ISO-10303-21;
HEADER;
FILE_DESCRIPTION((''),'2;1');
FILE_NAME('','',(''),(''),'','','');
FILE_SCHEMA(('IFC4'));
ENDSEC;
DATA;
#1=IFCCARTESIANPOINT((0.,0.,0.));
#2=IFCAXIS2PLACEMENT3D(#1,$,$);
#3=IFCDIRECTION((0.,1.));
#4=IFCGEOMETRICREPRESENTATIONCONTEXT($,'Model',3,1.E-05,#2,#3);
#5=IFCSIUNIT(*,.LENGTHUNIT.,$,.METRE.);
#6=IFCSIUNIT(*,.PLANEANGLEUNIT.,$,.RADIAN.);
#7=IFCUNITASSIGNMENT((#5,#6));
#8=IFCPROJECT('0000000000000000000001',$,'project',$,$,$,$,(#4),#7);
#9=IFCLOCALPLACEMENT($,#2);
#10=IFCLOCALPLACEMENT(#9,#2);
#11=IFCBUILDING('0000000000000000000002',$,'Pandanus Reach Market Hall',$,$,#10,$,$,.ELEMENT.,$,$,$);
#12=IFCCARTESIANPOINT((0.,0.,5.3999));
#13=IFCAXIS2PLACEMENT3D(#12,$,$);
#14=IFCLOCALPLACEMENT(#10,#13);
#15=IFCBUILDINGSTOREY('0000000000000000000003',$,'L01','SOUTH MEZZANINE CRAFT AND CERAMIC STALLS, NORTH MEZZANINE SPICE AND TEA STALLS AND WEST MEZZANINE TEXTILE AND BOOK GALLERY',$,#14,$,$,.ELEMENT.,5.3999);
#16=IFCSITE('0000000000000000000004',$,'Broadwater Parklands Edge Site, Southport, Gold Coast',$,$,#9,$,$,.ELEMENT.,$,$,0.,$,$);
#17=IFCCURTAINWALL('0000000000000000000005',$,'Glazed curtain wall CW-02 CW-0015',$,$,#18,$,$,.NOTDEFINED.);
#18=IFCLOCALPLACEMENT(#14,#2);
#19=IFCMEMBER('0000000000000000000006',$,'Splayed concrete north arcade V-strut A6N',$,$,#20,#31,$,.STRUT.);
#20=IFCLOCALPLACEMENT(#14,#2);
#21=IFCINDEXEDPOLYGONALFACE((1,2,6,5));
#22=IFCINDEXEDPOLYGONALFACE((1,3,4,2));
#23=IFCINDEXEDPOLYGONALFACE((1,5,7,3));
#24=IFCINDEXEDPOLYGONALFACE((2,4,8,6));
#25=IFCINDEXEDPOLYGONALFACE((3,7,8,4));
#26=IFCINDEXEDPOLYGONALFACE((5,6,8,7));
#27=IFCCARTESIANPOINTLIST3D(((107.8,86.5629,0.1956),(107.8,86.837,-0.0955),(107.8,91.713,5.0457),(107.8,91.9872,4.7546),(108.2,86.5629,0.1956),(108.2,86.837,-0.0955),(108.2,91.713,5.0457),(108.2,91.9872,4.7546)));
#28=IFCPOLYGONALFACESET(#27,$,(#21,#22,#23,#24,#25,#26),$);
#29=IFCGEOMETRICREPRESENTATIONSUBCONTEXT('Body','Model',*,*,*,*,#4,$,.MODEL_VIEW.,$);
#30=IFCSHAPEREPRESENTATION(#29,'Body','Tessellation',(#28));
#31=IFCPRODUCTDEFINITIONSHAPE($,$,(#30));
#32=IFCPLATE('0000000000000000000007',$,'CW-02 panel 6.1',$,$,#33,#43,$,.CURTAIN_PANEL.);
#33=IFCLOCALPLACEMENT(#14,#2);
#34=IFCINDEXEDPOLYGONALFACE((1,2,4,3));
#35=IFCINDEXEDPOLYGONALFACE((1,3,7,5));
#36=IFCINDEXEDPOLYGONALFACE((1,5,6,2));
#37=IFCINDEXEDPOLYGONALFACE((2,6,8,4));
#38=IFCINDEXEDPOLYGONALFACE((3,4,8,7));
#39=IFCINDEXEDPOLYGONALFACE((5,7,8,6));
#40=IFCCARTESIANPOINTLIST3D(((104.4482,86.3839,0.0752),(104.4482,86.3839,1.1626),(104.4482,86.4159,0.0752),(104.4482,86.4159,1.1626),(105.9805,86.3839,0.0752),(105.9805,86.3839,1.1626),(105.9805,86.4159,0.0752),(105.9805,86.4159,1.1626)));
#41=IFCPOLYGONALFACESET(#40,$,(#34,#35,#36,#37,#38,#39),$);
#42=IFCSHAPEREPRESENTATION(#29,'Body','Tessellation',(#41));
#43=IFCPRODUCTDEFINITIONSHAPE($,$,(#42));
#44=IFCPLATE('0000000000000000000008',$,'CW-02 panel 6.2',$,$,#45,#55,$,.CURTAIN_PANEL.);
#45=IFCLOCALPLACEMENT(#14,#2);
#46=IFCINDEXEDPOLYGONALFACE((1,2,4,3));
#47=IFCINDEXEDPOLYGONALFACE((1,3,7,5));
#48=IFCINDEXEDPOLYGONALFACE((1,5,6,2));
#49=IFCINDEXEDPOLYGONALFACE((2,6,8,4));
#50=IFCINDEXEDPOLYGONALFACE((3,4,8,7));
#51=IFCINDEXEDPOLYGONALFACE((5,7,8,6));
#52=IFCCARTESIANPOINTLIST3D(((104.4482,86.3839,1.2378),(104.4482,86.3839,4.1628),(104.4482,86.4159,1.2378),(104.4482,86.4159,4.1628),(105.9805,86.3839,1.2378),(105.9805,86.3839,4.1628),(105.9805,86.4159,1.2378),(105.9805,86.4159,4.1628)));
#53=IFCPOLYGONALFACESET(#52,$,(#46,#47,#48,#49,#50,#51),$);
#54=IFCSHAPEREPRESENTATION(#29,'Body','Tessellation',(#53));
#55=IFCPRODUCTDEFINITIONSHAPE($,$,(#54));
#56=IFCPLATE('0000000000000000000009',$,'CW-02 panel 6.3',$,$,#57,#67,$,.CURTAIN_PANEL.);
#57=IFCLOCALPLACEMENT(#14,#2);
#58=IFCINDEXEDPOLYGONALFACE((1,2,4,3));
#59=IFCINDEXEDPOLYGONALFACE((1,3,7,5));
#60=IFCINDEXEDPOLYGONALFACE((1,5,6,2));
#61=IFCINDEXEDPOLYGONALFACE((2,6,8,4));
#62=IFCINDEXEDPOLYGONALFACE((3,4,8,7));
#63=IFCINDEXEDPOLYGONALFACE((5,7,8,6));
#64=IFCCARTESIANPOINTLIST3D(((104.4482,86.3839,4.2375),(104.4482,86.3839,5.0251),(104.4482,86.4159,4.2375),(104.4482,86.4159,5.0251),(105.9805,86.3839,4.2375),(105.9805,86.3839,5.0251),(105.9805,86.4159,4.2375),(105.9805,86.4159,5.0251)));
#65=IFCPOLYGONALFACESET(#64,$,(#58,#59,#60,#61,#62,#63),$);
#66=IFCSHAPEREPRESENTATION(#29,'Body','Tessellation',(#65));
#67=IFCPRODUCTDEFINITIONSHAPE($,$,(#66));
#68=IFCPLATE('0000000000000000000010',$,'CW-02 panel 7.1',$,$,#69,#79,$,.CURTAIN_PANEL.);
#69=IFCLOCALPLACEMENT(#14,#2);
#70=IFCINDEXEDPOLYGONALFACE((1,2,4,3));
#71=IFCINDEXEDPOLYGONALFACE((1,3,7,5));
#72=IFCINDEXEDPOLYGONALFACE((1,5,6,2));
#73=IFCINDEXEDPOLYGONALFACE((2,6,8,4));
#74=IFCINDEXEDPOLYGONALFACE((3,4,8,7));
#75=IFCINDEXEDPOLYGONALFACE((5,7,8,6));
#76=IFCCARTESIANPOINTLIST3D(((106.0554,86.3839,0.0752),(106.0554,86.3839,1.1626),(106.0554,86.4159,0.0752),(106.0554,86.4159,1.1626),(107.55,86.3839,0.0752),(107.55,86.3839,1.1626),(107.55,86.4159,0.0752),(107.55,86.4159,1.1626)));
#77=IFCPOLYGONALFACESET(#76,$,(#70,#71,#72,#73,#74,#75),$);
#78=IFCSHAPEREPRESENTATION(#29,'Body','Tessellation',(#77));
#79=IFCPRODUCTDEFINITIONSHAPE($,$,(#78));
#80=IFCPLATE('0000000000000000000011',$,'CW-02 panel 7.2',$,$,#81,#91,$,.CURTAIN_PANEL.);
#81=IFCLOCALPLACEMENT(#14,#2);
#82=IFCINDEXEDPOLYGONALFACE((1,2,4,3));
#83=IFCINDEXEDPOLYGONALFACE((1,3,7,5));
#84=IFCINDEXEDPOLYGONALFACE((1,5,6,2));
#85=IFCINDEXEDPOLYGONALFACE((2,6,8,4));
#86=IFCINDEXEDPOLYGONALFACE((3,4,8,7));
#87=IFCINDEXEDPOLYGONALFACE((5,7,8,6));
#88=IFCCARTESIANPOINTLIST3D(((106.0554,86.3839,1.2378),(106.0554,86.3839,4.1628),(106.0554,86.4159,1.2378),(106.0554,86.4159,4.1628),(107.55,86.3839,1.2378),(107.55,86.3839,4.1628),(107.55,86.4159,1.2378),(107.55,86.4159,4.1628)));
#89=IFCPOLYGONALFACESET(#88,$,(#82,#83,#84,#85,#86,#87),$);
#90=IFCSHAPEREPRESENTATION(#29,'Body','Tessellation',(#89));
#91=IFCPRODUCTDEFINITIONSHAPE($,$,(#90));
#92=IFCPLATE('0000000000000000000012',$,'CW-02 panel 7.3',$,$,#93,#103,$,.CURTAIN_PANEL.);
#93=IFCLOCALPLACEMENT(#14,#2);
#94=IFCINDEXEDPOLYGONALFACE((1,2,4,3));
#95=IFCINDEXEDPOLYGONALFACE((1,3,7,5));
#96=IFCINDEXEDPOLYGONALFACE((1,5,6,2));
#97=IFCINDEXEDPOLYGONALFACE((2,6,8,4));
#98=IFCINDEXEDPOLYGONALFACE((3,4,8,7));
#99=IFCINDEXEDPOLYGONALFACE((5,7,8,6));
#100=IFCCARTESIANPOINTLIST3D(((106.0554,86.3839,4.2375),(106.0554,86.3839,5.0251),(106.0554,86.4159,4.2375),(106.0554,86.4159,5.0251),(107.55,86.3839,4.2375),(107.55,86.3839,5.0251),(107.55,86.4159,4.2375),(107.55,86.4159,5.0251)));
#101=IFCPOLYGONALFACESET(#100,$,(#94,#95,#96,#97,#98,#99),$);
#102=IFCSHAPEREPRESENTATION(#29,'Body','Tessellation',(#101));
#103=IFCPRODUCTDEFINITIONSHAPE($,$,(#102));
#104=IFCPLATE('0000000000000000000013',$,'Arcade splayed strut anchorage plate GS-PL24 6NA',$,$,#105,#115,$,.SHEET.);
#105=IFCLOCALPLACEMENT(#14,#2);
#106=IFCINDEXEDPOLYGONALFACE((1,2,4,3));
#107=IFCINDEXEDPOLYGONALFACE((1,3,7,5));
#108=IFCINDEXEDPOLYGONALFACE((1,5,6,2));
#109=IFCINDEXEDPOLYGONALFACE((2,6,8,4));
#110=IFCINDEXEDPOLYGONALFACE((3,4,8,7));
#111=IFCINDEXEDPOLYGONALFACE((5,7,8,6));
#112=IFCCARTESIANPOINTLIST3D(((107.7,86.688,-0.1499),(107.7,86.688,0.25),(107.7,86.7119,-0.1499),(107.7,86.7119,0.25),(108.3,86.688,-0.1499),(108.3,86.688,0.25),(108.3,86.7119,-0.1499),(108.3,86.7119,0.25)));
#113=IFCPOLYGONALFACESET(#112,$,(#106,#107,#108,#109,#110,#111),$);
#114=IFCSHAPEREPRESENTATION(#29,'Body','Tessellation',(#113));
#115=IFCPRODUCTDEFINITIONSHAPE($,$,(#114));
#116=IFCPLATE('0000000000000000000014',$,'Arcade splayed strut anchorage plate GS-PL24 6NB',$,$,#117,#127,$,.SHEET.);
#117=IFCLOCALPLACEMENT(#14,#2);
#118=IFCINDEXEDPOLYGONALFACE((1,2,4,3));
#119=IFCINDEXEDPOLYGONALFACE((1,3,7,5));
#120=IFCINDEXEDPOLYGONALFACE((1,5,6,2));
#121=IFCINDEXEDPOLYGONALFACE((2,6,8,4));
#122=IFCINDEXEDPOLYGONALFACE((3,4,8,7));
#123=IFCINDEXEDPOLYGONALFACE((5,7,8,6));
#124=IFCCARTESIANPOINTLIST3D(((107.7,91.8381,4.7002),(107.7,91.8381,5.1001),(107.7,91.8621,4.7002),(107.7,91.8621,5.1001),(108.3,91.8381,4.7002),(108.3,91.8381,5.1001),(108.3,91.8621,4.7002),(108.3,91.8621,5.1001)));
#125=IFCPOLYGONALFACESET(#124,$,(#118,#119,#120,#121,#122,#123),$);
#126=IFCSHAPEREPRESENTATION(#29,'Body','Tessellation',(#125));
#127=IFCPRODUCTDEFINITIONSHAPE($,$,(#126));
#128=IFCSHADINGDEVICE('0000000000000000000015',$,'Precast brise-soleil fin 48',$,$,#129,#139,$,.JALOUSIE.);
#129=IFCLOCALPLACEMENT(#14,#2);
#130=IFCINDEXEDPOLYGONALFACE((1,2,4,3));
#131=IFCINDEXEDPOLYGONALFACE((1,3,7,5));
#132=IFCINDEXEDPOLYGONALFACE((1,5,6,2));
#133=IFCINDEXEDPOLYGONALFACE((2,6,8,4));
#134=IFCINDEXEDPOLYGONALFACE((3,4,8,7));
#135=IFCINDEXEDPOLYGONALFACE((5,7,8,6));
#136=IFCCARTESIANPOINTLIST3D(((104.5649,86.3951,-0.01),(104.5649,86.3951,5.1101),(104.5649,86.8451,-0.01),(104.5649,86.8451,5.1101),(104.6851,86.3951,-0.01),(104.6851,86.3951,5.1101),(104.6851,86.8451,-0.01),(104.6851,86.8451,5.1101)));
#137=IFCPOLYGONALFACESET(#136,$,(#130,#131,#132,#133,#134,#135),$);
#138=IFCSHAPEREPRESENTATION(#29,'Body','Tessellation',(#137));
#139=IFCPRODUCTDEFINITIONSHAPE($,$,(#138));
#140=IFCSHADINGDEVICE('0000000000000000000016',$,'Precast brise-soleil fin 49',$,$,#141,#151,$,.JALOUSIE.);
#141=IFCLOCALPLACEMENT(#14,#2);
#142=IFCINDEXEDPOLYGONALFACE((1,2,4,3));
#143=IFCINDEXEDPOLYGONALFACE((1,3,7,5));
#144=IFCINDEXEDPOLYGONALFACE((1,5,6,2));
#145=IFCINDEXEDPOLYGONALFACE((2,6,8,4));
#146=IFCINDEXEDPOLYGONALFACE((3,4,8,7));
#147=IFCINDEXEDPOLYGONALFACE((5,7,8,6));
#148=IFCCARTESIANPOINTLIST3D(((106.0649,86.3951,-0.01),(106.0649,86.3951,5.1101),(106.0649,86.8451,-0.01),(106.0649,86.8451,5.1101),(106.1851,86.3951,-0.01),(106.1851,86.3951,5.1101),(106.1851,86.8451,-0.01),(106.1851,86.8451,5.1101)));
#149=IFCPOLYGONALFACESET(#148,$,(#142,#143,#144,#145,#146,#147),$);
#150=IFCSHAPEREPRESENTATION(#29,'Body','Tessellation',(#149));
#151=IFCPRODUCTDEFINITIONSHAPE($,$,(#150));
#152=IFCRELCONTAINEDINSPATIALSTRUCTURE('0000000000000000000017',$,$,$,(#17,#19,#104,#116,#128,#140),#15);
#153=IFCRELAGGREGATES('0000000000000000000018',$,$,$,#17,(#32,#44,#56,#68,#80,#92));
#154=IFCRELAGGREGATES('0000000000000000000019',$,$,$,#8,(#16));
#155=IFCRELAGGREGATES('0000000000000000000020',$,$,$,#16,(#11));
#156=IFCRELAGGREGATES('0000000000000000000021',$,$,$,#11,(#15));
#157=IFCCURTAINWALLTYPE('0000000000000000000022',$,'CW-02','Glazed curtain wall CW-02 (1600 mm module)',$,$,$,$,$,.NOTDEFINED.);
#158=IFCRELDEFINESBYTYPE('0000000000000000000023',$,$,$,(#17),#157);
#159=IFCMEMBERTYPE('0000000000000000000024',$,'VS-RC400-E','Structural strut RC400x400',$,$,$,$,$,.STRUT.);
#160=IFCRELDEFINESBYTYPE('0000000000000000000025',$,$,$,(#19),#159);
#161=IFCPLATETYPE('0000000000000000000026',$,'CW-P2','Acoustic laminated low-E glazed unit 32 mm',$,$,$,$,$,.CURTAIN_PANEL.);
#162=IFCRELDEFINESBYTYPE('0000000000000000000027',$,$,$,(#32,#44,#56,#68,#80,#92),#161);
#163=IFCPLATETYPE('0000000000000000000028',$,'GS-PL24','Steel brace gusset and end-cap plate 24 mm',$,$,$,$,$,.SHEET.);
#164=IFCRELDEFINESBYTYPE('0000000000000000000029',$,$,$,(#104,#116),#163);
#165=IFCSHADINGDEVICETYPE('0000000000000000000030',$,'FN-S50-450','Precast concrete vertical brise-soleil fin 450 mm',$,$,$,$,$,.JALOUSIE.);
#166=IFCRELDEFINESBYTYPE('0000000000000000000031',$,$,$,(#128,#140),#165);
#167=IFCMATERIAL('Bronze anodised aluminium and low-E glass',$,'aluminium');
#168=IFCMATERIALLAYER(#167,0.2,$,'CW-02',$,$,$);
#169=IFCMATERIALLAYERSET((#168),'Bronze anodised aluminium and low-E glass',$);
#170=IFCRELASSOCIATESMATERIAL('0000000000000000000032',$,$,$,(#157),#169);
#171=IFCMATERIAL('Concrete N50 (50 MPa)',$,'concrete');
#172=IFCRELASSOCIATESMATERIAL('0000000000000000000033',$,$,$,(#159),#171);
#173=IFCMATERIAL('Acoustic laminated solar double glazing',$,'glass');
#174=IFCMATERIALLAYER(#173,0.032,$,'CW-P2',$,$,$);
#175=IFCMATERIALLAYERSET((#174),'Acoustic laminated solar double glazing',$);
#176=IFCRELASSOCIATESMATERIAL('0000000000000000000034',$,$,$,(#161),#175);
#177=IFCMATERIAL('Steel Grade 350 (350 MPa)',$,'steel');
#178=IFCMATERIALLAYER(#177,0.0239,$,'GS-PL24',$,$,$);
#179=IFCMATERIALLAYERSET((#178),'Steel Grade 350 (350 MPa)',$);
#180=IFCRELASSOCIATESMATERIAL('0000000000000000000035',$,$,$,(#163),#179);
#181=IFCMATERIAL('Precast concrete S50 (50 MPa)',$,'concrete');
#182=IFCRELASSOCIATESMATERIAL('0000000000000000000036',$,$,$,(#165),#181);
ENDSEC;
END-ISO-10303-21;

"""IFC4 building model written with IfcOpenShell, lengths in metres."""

from ifc_helpers import new_model, si_unit, direction, frame, origin, origin_2d, place, context, subcontext, project, spatial, rectangle, extrude, material, layer, layer_set, material_profile, profile_set, type_object, element, aggregate, save


model = new_model("IFC4")

# Units and contexts
model_context = context("Model", 3, precision=1e-05, world=origin(), true_north=direction((0.0, 1.0)))
body_context = subcontext(model_context, "Body", "Model", "MODEL_VIEW")
ifc_project = project(units=[si_unit("LENGTHUNIT", "METRE"), si_unit("PLANEANGLEUNIT", "RADIAN")], contexts=[model_context])

# Site, building, storey
site_placement = place(None, origin())
site = spatial("IfcSite", under=ifc_project, at=site_placement, Name="Broadwater Parklands Edge Site, Southport, Gold Coast", CompositionType="ELEMENT", RefElevation=0.0)
building_placement = place(site_placement, origin())
building = spatial("IfcBuilding", under=site, at=building_placement, Name="Pandanus Reach Market Hall", CompositionType="ELEMENT")
storey_placement = place(building_placement, frame((0.0, 0.0, 5.3999)))
storey = spatial("IfcBuildingStorey", under=building, at=storey_placement, Name="L01", Description="SOUTH MEZZANINE CRAFT AND CERAMIC STALLS, NORTH MEZZANINE SPICE AND TEA STALLS AND WEST MEZZANINE TEXTILE AND BOOK GALLERY", CompositionType="ELEMENT", Elevation=5.3999)

# Shared definitions
ifc_material_1 = material(Name="Concrete N50 (50 MPa)", Category="concrete")
ifc_material_2 = material(Name="Precast concrete S50 (50 MPa)", Category="concrete")

# Curtain wall
ifc_material_3 = material(Name="Bronze anodised aluminium and low-E glass", Category="aluminium")
ifc_layer_1 = layer(ifc_material_3, 0.2, Name="CW-02")
ifc_layer_set_1 = layer_set([ifc_layer_1], Name="Bronze anodised aluminium and low-E glass")
curtain_wall_type = type_object("IfcCurtainWallType", Name="CW-02", Description="Glazed curtain wall CW-02 (1600 mm module)", PredefinedType="NOTDEFINED", material=ifc_layer_set_1)
curtain_wall_placement = place(storey_placement, origin())
curtain_wall = element("IfcCurtainWall", 1, at=curtain_wall_placement, inside=storey, type_object=curtain_wall_type, Name="Glazed curtain wall CW-02 CW-0015", PredefinedType="NOTDEFINED")

# Member
ifc_material_profile_1 = material_profile(ifc_material_1, rectangle(XDim=0.3999, YDim=0.3999, at=origin_2d()), Name="RC400x400", Category="LoadBearing")
ifc_profile_set_1 = profile_set([ifc_material_profile_1], Name="Concrete N50 (50 MPa)")
member_type_1 = type_object("IfcMemberType", Name="VS-RC400-E", Description="Structural strut RC400x400", PredefinedType="STRUT", material=ifc_profile_set_1)
member_1_placement = place(storey_placement, frame((108.0, 86.7, 0.05), z_axis=(0.0, 0.727995, 0.685582), x_axis=(-1.0, 0.0, 0.0)))
element("IfcMember", 2, at=member_1_placement, inside=storey, type_object=member_type_1, Name="Splayed concrete north arcade V-strut A6N", PredefinedType="STRUT", context=body_context, shape_type="SweptSolid", body=[
    extrude(rectangle(XDim=0.3999, YDim=0.3999, at=origin_2d()), origin(), (0.0, 0.0, 1.0), 7.0745),
])

# Plates
ifc_material_4 = material(Name="Acoustic laminated solar double glazing", Category="glass")
ifc_layer_2 = layer(ifc_material_4, 0.032, Name="CW-P2")
ifc_layer_set_2 = layer_set([ifc_layer_2], Name="Acoustic laminated solar double glazing")
plate_type_1 = type_object("IfcPlateType", Name="CW-P2", Description="Acoustic laminated low-E glazed unit 32 mm", PredefinedType="CURTAIN_PANEL", material=ifc_layer_set_2)
plate_1_placement = place(storey_placement, frame((105.2144, 86.3999, 0.0752), z_axis=(0.0, 0.0, 1.0), x_axis=(1.0, 0.0, 0.0)))
plate_1 = element("IfcPlate", 3, at=plate_1_placement, type_object=plate_type_1, Name="CW-02 panel 6.1", PredefinedType="CURTAIN_PANEL", context=body_context, shape_type="SweptSolid", body=[
    extrude(rectangle(XDim=1.5322, YDim=0.032, at=origin_2d()), origin(), (0.0, 0.0, 1.0), 1.0874),
])
plate_2_placement = place(storey_placement, frame((105.2144, 86.3999, 1.2378), z_axis=(0.0, 0.0, 1.0), x_axis=(1.0, 0.0, 0.0)))
plate_2 = element("IfcPlate", 4, at=plate_2_placement, type_object=plate_type_1, Name="CW-02 panel 6.2", PredefinedType="CURTAIN_PANEL", context=body_context, shape_type="SweptSolid", body=[
    extrude(rectangle(XDim=1.5322, YDim=0.032, at=origin_2d()), origin(), (0.0, 0.0, 1.0), 2.925),
])
plate_3_placement = place(storey_placement, frame((105.2144, 86.3999, 4.2375), z_axis=(0.0, 0.0, 1.0), x_axis=(1.0, 0.0, 0.0)))
plate_3 = element("IfcPlate", 5, at=plate_3_placement, type_object=plate_type_1, Name="CW-02 panel 6.3", PredefinedType="CURTAIN_PANEL", context=body_context, shape_type="SweptSolid", body=[
    extrude(rectangle(XDim=1.5322, YDim=0.032, at=origin_2d()), origin(), (0.0, 0.0, 1.0), 0.7876),
])
plate_4_placement = place(storey_placement, frame((106.8027, 86.3999, 0.0752), z_axis=(0.0, 0.0, 1.0), x_axis=(1.0, 0.0, 0.0)))
plate_4 = element("IfcPlate", 6, at=plate_4_placement, type_object=plate_type_1, Name="CW-02 panel 7.1", PredefinedType="CURTAIN_PANEL", context=body_context, shape_type="SweptSolid", body=[
    extrude(rectangle(XDim=1.4946, YDim=0.032, at=origin_2d()), origin(), (0.0, 0.0, 1.0), 1.0874),
])
plate_5_placement = place(storey_placement, frame((106.8027, 86.3999, 1.2378), z_axis=(0.0, 0.0, 1.0), x_axis=(1.0, 0.0, 0.0)))
plate_5 = element("IfcPlate", 7, at=plate_5_placement, type_object=plate_type_1, Name="CW-02 panel 7.2", PredefinedType="CURTAIN_PANEL", context=body_context, shape_type="SweptSolid", body=[
    extrude(rectangle(XDim=1.4946, YDim=0.032, at=origin_2d()), origin(), (0.0, 0.0, 1.0), 2.925),
])
plate_6_placement = place(storey_placement, frame((106.8027, 86.3999, 4.2375), z_axis=(0.0, 0.0, 1.0), x_axis=(1.0, 0.0, 0.0)))
plate_6 = element("IfcPlate", 8, at=plate_6_placement, type_object=plate_type_1, Name="CW-02 panel 7.3", PredefinedType="CURTAIN_PANEL", context=body_context, shape_type="SweptSolid", body=[
    extrude(rectangle(XDim=1.4946, YDim=0.032, at=origin_2d()), origin(), (0.0, 0.0, 1.0), 0.7876),
])
aggregate(curtain_wall, [plate_1, plate_2, plate_3, plate_4, plate_5, plate_6])

# Plates
ifc_material_5 = material(Name="Steel Grade 350 (350 MPa)", Category="steel")
ifc_layer_3 = layer(ifc_material_5, 0.0239, Name="GS-PL24")
ifc_layer_set_3 = layer_set([ifc_layer_3], Name="Steel Grade 350 (350 MPa)")
plate_type_2 = type_object("IfcPlateType", Name="GS-PL24", Description="Steel brace gusset and end-cap plate 24 mm", PredefinedType="SHEET", material=ifc_layer_set_3)
for number, where, z_axis, x_axis, name in (
    (9, (108.0, 86.7, -0.1499), (0.0, 0.0, 1.0), (1.0, 0.0, 0.0), "Arcade splayed strut anchorage plate GS-PL24 6NA"),
    (10, (108.0, 91.8501, 4.7002), (0.0, 0.0, 1.0), (1.0, 0.0, 0.0), "Arcade splayed strut anchorage plate GS-PL24 6NB"),
):
    element("IfcPlate", number, at=place(storey_placement, frame(where, z_axis=z_axis, x_axis=x_axis)), inside=storey, type_object=plate_type_2, Name=name, PredefinedType="SHEET", context=body_context, shape_type="SweptSolid", body=[
        extrude(rectangle(XDim=0.6001, YDim=0.0239, at=origin_2d()), origin(), (0.0, 0.0, 1.0), 0.3999),
    ])

# Shading devices
shading_device_type = type_object("IfcShadingDeviceType", Name="FN-S50-450", Description="Precast concrete vertical brise-soleil fin 450 mm", PredefinedType="JALOUSIE", material=ifc_material_2)
for number, where, z_axis, x_axis, name in (
    (11, (104.625, 86.6201, -0.01), (0.0, 0.0, 1.0), (0.0, 1.0, 0.0), "Precast brise-soleil fin 48"),
    (12, (106.125, 86.6201, -0.01), (0.0, 0.0, 1.0), (0.0, 1.0, 0.0), "Precast brise-soleil fin 49"),
):
    element("IfcShadingDevice", number, at=place(storey_placement, frame(where, z_axis=z_axis, x_axis=x_axis)), inside=storey, type_object=shading_device_type, Name=name, PredefinedType="JALOUSIE", context=body_context, shape_type="SweptSolid", body=[
        extrude(rectangle(XDim=0.45, YDim=0.1201, at=origin_2d()), origin(), (0.0, 0.0, 1.0), 5.1201),
    ])

save(model, "model.ifc")
